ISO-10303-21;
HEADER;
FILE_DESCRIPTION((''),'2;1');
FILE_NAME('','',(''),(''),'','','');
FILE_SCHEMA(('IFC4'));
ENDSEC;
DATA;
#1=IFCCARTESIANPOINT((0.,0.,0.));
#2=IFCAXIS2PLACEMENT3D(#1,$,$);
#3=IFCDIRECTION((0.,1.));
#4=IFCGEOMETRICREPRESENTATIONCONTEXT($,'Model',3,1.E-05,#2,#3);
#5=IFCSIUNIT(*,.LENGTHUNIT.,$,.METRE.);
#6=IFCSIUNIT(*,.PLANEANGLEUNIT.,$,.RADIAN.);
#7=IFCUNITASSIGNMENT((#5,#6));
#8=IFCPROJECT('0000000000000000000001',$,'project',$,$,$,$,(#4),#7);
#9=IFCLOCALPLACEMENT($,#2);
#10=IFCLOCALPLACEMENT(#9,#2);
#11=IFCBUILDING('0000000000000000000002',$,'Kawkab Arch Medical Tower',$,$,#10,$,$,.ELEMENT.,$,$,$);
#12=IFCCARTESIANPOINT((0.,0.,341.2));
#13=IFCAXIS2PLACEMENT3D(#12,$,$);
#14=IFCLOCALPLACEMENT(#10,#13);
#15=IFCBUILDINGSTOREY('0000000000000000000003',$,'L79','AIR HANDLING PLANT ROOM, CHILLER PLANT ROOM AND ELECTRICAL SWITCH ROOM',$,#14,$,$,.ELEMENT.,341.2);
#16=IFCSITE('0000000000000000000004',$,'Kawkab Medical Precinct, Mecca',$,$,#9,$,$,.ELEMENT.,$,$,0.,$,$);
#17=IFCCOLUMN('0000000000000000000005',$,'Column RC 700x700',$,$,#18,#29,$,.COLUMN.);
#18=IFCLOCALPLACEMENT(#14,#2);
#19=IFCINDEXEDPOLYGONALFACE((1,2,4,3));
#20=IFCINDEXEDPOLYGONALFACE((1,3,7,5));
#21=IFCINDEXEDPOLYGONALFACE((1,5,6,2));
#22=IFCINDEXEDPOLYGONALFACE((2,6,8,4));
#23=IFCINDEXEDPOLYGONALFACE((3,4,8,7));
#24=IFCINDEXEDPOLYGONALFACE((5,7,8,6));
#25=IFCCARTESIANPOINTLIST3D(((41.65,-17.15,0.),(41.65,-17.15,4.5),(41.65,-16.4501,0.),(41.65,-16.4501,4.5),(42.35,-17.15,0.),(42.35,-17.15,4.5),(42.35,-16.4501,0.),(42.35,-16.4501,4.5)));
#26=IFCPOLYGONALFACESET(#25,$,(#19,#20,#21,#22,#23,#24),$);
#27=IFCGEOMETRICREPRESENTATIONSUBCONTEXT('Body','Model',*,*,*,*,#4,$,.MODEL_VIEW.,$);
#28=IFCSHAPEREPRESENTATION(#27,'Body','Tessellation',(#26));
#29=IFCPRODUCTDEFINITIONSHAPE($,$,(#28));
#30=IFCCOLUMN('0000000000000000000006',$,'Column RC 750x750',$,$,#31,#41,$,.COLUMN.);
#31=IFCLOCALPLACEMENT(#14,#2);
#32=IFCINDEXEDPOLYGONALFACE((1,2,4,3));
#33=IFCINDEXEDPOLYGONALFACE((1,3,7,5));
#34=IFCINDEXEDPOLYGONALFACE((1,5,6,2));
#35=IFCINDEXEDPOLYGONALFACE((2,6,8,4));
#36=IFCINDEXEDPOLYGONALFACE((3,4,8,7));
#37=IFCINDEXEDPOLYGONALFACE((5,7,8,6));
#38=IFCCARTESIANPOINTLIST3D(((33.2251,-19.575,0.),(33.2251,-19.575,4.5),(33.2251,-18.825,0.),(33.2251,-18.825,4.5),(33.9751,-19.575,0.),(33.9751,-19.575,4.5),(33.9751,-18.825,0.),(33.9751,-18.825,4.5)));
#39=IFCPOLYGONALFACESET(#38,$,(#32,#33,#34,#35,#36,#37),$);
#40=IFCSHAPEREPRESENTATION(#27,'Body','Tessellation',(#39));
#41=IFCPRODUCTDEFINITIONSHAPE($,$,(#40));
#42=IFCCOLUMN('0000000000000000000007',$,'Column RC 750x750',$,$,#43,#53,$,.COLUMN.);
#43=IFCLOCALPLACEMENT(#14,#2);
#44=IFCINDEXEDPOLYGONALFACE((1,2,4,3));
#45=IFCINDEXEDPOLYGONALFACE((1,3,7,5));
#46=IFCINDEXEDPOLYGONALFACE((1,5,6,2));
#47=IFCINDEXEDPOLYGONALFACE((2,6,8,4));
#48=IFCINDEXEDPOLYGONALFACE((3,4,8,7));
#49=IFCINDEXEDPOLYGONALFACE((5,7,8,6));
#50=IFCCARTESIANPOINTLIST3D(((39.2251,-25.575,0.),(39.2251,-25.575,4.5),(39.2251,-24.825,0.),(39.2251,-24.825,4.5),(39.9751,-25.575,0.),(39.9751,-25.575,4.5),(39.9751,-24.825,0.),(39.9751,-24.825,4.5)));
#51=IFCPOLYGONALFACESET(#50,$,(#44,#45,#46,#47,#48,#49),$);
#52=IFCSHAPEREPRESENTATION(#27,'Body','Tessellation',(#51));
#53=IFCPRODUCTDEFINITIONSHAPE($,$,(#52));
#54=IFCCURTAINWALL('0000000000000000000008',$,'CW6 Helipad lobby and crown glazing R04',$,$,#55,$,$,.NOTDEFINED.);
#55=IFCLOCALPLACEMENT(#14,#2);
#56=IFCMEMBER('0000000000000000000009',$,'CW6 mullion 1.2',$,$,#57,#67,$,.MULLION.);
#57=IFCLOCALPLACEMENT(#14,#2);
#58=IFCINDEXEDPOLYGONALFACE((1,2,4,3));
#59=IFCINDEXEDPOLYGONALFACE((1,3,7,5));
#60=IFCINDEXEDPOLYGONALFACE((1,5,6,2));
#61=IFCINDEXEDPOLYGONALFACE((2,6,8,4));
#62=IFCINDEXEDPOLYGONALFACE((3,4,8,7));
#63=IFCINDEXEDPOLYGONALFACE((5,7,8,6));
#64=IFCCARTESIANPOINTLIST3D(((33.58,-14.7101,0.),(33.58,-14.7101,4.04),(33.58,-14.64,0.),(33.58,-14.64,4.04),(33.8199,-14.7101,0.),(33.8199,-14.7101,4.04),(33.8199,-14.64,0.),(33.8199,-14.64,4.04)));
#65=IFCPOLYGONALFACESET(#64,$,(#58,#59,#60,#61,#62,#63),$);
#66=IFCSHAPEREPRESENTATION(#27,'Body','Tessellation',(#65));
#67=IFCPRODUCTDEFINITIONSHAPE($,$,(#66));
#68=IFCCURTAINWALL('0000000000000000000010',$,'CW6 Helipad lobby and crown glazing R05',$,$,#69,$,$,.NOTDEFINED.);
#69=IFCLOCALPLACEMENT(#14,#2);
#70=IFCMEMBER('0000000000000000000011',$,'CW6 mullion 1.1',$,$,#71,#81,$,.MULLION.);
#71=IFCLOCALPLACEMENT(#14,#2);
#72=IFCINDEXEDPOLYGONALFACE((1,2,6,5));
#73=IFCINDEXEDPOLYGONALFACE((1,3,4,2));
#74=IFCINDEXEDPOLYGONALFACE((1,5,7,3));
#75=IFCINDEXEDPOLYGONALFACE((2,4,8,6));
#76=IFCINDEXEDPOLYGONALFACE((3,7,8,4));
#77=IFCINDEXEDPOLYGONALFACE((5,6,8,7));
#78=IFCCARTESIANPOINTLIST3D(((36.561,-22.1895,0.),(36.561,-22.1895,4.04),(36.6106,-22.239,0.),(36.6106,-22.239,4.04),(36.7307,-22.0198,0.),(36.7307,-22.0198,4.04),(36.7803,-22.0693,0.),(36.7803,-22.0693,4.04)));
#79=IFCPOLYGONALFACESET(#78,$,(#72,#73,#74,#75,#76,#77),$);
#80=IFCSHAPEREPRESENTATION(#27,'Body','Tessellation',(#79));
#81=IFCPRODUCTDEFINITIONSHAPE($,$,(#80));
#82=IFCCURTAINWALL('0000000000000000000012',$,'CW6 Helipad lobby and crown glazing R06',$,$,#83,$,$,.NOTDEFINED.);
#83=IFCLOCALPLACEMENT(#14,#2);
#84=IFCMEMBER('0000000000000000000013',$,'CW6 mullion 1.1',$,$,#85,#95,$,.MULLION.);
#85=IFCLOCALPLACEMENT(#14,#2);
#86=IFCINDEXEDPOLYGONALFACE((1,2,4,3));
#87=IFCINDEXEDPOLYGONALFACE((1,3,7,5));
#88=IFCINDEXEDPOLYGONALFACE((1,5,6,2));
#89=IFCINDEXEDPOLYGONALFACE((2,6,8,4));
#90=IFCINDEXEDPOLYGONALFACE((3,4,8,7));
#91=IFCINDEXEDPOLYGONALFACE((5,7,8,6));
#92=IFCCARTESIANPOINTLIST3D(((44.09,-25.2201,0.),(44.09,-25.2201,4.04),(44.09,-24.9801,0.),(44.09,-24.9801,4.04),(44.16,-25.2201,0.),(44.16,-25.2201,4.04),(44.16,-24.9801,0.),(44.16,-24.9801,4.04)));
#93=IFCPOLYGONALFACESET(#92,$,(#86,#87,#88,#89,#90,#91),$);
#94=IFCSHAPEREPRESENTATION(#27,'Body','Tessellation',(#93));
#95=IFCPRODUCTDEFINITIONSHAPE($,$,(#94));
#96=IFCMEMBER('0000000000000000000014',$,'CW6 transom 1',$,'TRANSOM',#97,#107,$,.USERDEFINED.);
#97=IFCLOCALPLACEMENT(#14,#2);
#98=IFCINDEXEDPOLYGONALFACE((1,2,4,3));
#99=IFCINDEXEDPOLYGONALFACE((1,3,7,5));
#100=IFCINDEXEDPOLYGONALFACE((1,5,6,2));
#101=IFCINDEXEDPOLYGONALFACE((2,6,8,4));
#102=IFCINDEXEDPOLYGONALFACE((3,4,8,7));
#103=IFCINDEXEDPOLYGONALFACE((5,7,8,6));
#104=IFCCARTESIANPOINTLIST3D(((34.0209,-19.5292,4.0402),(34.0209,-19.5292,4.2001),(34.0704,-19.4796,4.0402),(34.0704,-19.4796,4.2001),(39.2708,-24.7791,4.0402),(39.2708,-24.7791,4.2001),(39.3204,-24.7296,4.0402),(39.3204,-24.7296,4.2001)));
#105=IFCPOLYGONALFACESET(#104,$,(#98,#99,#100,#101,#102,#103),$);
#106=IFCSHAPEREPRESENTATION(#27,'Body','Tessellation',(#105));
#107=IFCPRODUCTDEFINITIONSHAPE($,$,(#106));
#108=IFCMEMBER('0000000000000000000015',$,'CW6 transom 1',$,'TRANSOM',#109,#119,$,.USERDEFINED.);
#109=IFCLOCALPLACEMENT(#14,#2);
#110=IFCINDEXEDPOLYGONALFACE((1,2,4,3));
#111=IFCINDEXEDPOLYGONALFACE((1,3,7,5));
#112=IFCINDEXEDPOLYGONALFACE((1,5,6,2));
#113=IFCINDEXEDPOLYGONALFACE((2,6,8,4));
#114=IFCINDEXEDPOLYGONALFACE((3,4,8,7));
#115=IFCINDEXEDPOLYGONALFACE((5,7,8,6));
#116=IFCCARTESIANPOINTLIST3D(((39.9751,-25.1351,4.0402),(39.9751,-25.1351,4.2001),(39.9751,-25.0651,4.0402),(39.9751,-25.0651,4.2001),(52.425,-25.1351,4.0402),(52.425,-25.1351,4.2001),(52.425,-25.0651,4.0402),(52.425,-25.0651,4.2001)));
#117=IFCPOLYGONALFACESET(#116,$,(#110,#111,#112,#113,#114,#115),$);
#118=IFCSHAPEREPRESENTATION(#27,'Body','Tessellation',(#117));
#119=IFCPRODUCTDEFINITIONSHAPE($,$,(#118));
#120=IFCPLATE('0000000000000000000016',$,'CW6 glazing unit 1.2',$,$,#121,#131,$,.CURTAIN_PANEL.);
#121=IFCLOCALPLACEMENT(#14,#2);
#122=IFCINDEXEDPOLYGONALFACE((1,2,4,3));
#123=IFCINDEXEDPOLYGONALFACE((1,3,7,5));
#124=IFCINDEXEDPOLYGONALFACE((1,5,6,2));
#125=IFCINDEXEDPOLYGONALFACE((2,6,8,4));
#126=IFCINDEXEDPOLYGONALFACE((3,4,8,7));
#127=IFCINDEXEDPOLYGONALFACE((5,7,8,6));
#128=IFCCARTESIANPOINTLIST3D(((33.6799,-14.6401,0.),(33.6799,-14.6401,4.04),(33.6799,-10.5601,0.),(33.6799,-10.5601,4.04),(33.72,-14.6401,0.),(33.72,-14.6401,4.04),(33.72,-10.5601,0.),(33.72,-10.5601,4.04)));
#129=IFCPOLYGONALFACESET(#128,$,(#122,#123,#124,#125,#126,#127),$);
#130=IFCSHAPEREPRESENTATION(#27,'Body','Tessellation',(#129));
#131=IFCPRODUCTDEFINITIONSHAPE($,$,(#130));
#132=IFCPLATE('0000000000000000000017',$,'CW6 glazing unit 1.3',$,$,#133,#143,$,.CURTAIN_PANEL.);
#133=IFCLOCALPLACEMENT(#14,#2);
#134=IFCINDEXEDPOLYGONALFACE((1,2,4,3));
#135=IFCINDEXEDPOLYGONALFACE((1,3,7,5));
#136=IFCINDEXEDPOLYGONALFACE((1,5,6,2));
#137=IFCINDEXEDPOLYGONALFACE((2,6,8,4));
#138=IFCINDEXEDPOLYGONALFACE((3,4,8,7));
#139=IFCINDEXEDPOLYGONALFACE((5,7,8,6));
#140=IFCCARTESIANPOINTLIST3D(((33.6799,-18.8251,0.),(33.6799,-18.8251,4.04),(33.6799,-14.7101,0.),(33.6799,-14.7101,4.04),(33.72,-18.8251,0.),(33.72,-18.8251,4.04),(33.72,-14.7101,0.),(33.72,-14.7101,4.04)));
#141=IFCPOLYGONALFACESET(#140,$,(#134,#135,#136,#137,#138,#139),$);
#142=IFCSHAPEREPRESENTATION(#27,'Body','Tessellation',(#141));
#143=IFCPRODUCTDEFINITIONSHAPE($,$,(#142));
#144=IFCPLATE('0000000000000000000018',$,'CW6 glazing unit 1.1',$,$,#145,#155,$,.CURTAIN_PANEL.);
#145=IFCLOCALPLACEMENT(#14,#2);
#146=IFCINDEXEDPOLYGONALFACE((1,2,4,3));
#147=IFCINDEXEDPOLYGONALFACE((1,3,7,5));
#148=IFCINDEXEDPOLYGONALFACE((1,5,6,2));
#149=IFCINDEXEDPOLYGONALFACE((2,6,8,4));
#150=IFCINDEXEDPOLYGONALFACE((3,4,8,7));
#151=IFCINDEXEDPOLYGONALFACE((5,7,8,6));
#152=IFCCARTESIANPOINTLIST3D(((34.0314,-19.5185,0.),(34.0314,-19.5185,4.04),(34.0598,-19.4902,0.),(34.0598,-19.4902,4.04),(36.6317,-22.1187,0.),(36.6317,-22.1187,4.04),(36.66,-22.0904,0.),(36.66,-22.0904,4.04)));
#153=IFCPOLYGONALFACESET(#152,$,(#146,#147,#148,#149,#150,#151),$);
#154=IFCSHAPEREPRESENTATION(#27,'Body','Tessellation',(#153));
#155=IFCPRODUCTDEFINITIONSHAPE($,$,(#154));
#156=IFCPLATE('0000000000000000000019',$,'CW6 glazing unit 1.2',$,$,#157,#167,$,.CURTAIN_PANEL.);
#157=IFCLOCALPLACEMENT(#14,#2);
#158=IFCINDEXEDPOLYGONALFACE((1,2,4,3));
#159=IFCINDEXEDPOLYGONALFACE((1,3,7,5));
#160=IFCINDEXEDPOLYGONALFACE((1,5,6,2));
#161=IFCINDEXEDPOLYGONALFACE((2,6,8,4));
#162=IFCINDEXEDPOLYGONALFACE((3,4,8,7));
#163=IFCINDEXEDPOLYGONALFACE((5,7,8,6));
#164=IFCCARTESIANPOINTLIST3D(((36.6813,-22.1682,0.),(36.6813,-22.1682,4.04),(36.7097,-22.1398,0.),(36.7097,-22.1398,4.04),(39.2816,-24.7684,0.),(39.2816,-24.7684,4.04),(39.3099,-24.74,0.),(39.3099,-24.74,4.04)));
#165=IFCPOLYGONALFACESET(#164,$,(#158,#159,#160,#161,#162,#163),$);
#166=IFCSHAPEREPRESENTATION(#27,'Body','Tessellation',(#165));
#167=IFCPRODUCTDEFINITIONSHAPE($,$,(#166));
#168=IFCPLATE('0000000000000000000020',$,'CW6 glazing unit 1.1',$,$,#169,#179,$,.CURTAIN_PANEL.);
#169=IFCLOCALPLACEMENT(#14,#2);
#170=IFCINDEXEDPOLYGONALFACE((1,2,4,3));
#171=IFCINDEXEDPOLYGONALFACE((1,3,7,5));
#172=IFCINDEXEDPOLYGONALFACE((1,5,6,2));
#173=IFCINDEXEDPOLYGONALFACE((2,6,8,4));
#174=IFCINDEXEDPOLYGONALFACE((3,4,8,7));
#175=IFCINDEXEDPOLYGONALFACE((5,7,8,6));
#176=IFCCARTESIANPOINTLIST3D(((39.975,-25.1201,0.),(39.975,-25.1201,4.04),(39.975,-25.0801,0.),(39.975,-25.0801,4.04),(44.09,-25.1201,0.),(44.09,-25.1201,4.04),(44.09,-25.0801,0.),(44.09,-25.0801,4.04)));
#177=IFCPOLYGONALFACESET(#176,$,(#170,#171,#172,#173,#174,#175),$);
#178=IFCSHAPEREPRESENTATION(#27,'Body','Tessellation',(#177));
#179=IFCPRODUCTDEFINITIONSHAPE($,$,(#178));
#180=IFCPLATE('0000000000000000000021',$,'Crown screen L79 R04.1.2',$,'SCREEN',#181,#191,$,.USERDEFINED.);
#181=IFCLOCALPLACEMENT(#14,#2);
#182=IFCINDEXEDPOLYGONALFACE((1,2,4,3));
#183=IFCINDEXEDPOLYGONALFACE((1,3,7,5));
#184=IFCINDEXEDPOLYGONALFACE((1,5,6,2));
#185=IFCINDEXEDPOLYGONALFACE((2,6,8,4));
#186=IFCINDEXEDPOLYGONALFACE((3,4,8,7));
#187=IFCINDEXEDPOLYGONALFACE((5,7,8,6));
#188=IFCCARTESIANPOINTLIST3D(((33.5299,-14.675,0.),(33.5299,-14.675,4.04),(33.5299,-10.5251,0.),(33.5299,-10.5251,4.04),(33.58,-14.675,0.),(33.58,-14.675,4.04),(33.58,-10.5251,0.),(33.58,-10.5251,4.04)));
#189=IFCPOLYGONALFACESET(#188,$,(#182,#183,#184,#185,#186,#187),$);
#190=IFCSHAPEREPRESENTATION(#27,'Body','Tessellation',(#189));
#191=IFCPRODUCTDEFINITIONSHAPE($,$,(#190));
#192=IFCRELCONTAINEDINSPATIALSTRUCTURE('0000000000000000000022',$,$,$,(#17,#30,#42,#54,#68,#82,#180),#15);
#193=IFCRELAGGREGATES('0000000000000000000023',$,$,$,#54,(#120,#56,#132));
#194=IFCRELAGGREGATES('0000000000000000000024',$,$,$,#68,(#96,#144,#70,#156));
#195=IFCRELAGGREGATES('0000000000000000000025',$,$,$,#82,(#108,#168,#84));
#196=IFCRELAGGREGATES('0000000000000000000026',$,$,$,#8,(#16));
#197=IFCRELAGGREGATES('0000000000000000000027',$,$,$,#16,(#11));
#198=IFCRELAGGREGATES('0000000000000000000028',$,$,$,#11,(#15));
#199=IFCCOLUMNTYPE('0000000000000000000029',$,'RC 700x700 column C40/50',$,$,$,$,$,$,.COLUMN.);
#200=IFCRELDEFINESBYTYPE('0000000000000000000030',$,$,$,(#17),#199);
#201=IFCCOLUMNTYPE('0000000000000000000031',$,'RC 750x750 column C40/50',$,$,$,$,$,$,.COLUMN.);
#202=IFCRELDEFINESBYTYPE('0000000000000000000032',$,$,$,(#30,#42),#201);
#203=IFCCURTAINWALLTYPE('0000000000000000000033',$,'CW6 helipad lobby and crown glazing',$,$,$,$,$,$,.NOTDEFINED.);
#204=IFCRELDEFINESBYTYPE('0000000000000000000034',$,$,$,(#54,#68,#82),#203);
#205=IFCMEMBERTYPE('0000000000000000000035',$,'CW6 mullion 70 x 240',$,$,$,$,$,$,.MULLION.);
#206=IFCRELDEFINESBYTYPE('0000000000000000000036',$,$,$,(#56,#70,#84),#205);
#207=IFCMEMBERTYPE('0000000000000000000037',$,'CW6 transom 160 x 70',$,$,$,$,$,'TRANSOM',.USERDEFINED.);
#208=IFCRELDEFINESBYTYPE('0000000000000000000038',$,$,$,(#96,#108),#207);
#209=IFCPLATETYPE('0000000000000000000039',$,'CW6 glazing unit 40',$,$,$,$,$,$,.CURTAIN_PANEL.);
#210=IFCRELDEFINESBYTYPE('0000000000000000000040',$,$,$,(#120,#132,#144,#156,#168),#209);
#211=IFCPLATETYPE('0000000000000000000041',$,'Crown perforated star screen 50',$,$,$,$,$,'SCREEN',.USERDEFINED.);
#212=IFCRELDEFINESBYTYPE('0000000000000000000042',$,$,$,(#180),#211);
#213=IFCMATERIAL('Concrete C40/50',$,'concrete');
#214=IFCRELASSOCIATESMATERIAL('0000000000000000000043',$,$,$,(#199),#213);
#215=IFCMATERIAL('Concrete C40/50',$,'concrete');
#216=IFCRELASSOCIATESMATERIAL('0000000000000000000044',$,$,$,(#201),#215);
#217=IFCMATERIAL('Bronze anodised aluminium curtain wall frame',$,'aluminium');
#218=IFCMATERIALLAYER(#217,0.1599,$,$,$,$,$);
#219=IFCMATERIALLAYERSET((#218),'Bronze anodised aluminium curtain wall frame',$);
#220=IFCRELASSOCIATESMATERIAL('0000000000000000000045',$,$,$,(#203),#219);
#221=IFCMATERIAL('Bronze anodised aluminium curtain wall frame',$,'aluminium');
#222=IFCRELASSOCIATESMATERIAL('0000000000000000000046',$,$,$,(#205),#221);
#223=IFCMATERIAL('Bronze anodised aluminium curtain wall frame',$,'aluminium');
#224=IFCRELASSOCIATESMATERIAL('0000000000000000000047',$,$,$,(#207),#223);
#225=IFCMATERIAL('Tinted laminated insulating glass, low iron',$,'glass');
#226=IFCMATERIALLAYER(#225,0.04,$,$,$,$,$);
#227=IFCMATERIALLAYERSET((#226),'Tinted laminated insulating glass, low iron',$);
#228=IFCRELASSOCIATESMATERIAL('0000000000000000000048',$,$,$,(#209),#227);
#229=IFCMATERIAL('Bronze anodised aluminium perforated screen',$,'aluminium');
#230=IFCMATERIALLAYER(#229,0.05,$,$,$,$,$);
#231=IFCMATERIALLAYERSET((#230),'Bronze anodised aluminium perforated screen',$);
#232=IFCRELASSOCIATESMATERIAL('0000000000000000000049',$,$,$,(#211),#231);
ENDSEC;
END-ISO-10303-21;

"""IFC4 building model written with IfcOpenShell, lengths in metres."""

from ifc_helpers import new_model, si_unit, direction, frame, origin, origin_2d, place, context, subcontext, project, spatial, rectangle, extrude, material, layer, layer_set, material_profile, profile_set, type_object, element, aggregate, save


model = new_model("IFC4")

# Units and contexts
model_context = context("Model", 3, precision=1e-05, world=origin(), true_north=direction((0.0, 1.0)))
body_context = subcontext(model_context, "Body", "Model", "MODEL_VIEW")
ifc_project = project(units=[si_unit("LENGTHUNIT", "METRE"), si_unit("PLANEANGLEUNIT", "RADIAN")], contexts=[model_context])

# Site, building, storey
site_placement = place(None, origin())
site = spatial("IfcSite", under=ifc_project, at=site_placement, Name="Kawkab Medical Precinct, Mecca", CompositionType="ELEMENT", RefElevation=0.0)
building_placement = place(site_placement, origin())
building = spatial("IfcBuilding", under=site, at=building_placement, Name="Kawkab Arch Medical Tower", CompositionType="ELEMENT")
storey_placement = place(building_placement, frame((0.0, 0.0, 341.2)))
storey = spatial("IfcBuildingStorey", under=building, at=storey_placement, Name="L79", Description="AIR HANDLING PLANT ROOM, CHILLER PLANT ROOM AND ELECTRICAL SWITCH ROOM", CompositionType="ELEMENT", Elevation=341.2)

# Columns
ifc_material_1 = material(Name="Concrete C40/50", Category="concrete")
ifc_material_profile_1 = material_profile(ifc_material_1, rectangle(XDim=0.7, YDim=0.7, at=origin_2d()), Name="RC 700x700")
ifc_profile_set_1 = profile_set([ifc_material_profile_1], Name="Concrete C40/50")
column_type_1 = type_object("IfcColumnType", Name="RC 700x700 column C40/50", PredefinedType="COLUMN", material=ifc_profile_set_1)
column_placement = place(storey_placement, frame((42.0, -16.8, 0.0), z_axis=(0.0, 0.0, 1.0), x_axis=(1.0, 0.0, 0.0)))
element("IfcColumn", 1, at=column_placement, inside=storey, type_object=column_type_1, Name="Column RC 700x700", PredefinedType="COLUMN", context=body_context, shape_type="SweptSolid", body=[
    extrude(rectangle(XDim=0.7, YDim=0.7, at=origin_2d()), origin(), (0.0, 0.0, 1.0), 4.5),
])
ifc_material_2 = material(Name="Concrete C40/50", Category="concrete")
ifc_material_profile_2 = material_profile(ifc_material_2, rectangle(XDim=0.75, YDim=0.75, at=origin_2d()), Name="RC 750x750")
ifc_profile_set_2 = profile_set([ifc_material_profile_2], Name="Concrete C40/50")
column_type_2 = type_object("IfcColumnType", Name="RC 750x750 column C40/50", PredefinedType="COLUMN", material=ifc_profile_set_2)
for number, where, z_axis, x_axis, name in (
    (2, (33.6001, -19.2, 0.0), (0.0, 0.0, 1.0), (1.0, 0.0, 0.0), "Column RC 750x750"),
    (3, (39.6001, -25.2, 0.0), (0.0, 0.0, 1.0), (1.0, 0.0, 0.0), "Column RC 750x750"),
):
    element("IfcColumn", number, at=place(storey_placement, frame(where, z_axis=z_axis, x_axis=x_axis)), inside=storey, type_object=column_type_2, Name=name, PredefinedType="COLUMN", context=body_context, shape_type="SweptSolid", body=[
        extrude(rectangle(XDim=0.75, YDim=0.75, at=origin_2d()), origin(), (0.0, 0.0, 1.0), 4.5),
    ])

# Curtain walls, members
ifc_material_3 = material(Name="Bronze anodised aluminium curtain wall frame", Category="aluminium")
ifc_layer_1 = layer(ifc_material_3, 0.1599)
ifc_layer_set_1 = layer_set([ifc_layer_1], Name="Bronze anodised aluminium curtain wall frame")
curtain_wall_type = type_object("IfcCurtainWallType", Name="CW6 helipad lobby and crown glazing", PredefinedType="NOTDEFINED", material=ifc_layer_set_1)
placement = place(storey_placement, origin())
curtain_wall_1 = element("IfcCurtainWall", 4, at=placement, inside=storey, type_object=curtain_wall_type, Name="CW6 Helipad lobby and crown glazing R04", PredefinedType="NOTDEFINED")
ifc_material_4 = material(Name="Bronze anodised aluminium curtain wall frame", Category="aluminium")
ifc_material_profile_3 = material_profile(ifc_material_4, rectangle(XDim=0.24, YDim=0.0701, at=origin_2d()), Name="AL 70x240")
ifc_profile_set_3 = profile_set([ifc_material_profile_3], Name="Bronze anodised aluminium curtain wall frame")
member_type_1 = type_object("IfcMemberType", Name="CW6 mullion 70 x 240", PredefinedType="MULLION", material=ifc_profile_set_3)
member_1_placement = place(storey_placement, frame((33.7, -14.675, 0.0), z_axis=(0.0, 0.0, 1.0), x_axis=(1.0, 0.0, 0.0)))
member_1 = element("IfcMember", 5, at=member_1_placement, type_object=member_type_1, Name="CW6 mullion 1.2", PredefinedType="MULLION", context=body_context, shape_type="SweptSolid", body=[
    extrude(rectangle(XDim=0.24, YDim=0.0701, at=origin_2d()), origin(), (0.0, 0.0, 1.0), 4.04),
])
curtain_wall_2 = element("IfcCurtainWall", 6, at=placement, inside=storey, type_object=curtain_wall_type, Name="CW6 Helipad lobby and crown glazing R05", PredefinedType="NOTDEFINED")
member_2_placement = place(storey_placement, frame((36.6707, -22.1294, 0.0), z_axis=(0.0, 0.0, 1.0), x_axis=(0.707107, 0.707107, 0.0)))
member_2 = element("IfcMember", 7, at=member_2_placement, type_object=member_type_1, Name="CW6 mullion 1.1", PredefinedType="MULLION", context=body_context, shape_type="SweptSolid", body=[
    extrude(rectangle(XDim=0.24, YDim=0.0701, at=origin_2d()), origin(), (0.0, 0.0, 1.0), 4.04),
])
curtain_wall_3 = element("IfcCurtainWall", 8, at=placement, inside=storey, type_object=curtain_wall_type, Name="CW6 Helipad lobby and crown glazing R06", PredefinedType="NOTDEFINED")
member_3_placement = place(storey_placement, frame((44.125, -25.1001, 0.0), z_axis=(0.0, 0.0, 1.0), x_axis=(0.0, 1.0, 0.0)))
member_3 = element("IfcMember", 9, at=member_3_placement, type_object=member_type_1, Name="CW6 mullion 1.1", PredefinedType="MULLION", context=body_context, shape_type="SweptSolid", body=[
    extrude(rectangle(XDim=0.24, YDim=0.0701, at=origin_2d()), origin(), (0.0, 0.0, 1.0), 4.04),
])

# Members
ifc_material_5 = material(Name="Bronze anodised aluminium curtain wall frame", Category="aluminium")
ifc_material_profile_4 = material_profile(ifc_material_5, rectangle(XDim=0.0701, YDim=0.1599, at=origin_2d()), Name="AL 70x160")
ifc_profile_set_4 = profile_set([ifc_material_profile_4], Name="Bronze anodised aluminium curtain wall frame")
member_type_2 = type_object("IfcMemberType", Name="CW6 transom 160 x 70", ElementType="TRANSOM", PredefinedType="USERDEFINED", material=ifc_profile_set_4)
member_4_placement = place(storey_placement, frame((34.0457, -19.5044, 4.1201), z_axis=(0.707107, -0.707107, 0.0), x_axis=(0.707107, 0.707107, 0.0)))
member_4 = element("IfcMember", 10, at=member_4_placement, type_object=member_type_2, Name="CW6 transom 1", ObjectType="TRANSOM", PredefinedType="USERDEFINED", context=body_context, shape_type="SweptSolid", body=[
    extrude(rectangle(XDim=0.0701, YDim=0.1599, at=origin_2d()), origin(), (0.0, 0.0, 1.0), 7.4246),
])
member_5_placement = place(storey_placement, frame((39.9751, -25.1001, 4.1201), z_axis=(1.0, 0.0, 0.0), x_axis=(0.0, 1.0, 0.0)))
member_5 = element("IfcMember", 11, at=member_5_placement, type_object=member_type_2, Name="CW6 transom 1", ObjectType="TRANSOM", PredefinedType="USERDEFINED", context=body_context, shape_type="SweptSolid", body=[
    extrude(rectangle(XDim=0.0701, YDim=0.1599, at=origin_2d()), origin(), (0.0, 0.0, 1.0), 12.45),
])

# Plates
ifc_material_6 = material(Name="Tinted laminated insulating glass, low iron", Category="glass")
ifc_layer_2 = layer(ifc_material_6, 0.04)
ifc_layer_set_2 = layer_set([ifc_layer_2], Name="Tinted laminated insulating glass, low iron")
plate_type_1 = type_object("IfcPlateType", Name="CW6 glazing unit 40", PredefinedType="CURTAIN_PANEL", material=ifc_layer_set_2)
plate_1_placement = place(storey_placement, frame((33.7, -12.6001, 0.0), z_axis=(0.0, 0.0, 1.0), x_axis=(0.0, -1.0, 0.0)))
plate_1 = element("IfcPlate", 12, at=plate_1_placement, type_object=plate_type_1, Name="CW6 glazing unit 1.2", PredefinedType="CURTAIN_PANEL", context=body_context, shape_type="SweptSolid", body=[
    extrude(rectangle(XDim=4.0801, YDim=0.04, at=origin_2d()), origin(), (0.0, 0.0, 1.0), 4.04),
])
plate_2_placement = place(storey_placement, frame((33.7, -16.7676, 0.0), z_axis=(0.0, 0.0, 1.0), x_axis=(0.0, -1.0, 0.0)))
plate_2 = element("IfcPlate", 13, at=plate_2_placement, type_object=plate_type_1, Name="CW6 glazing unit 1.3", PredefinedType="CURTAIN_PANEL", context=body_context, shape_type="SweptSolid", body=[
    extrude(rectangle(XDim=4.115, YDim=0.04, at=origin_2d()), origin(), (0.0, 0.0, 1.0), 4.04),
])
aggregate(curtain_wall_1, [plate_1, member_1, plate_2])
plate_3_placement = place(storey_placement, frame((35.3457, -20.8044, 0.0), z_axis=(0.0, 0.0, 1.0), x_axis=(0.707107, -0.707107, 0.0)))
plate_3 = element("IfcPlate", 14, at=plate_3_placement, type_object=plate_type_1, Name="CW6 glazing unit 1.1", PredefinedType="CURTAIN_PANEL", context=body_context, shape_type="SweptSolid", body=[
    extrude(rectangle(XDim=3.6772, YDim=0.04, at=origin_2d()), origin(), (0.0, 0.0, 1.0), 4.04),
])
plate_4_placement = place(storey_placement, frame((37.9956, -23.4541, 0.0), z_axis=(0.0, 0.0, 1.0), x_axis=(0.707107, -0.707107, 0.0)))
plate_4 = element("IfcPlate", 15, at=plate_4_placement, type_object=plate_type_1, Name="CW6 glazing unit 1.2", PredefinedType="CURTAIN_PANEL", context=body_context, shape_type="SweptSolid", body=[
    extrude(rectangle(XDim=3.6772, YDim=0.04, at=origin_2d()), origin(), (0.0, 0.0, 1.0), 4.04),
])
aggregate(curtain_wall_2, [member_4, plate_3, member_2, plate_4])
plate_5_placement = place(storey_placement, frame((42.0325, -25.1001, 0.0), z_axis=(0.0, 0.0, 1.0), x_axis=(1.0, 0.0, 0.0)))
plate_5 = element("IfcPlate", 16, at=plate_5_placement, type_object=plate_type_1, Name="CW6 glazing unit 1.1", PredefinedType="CURTAIN_PANEL", context=body_context, shape_type="SweptSolid", body=[
    extrude(rectangle(XDim=4.115, YDim=0.04, at=origin_2d()), origin(), (0.0, 0.0, 1.0), 4.04),
])
aggregate(curtain_wall_3, [member_5, plate_5, member_3])

# Plate
ifc_material_7 = material(Name="Bronze anodised aluminium perforated screen", Category="aluminium")
ifc_layer_3 = layer(ifc_material_7, 0.05)
ifc_layer_set_3 = layer_set([ifc_layer_3], Name="Bronze anodised aluminium perforated screen")
plate_type_2 = type_object("IfcPlateType", Name="Crown perforated star screen 50", ElementType="SCREEN", PredefinedType="USERDEFINED", material=ifc_layer_set_3)
for number, where, z_axis, x_axis, name in (
    (17, (33.5549, -12.6001, 0.0), (0.0, 0.0, 1.0), (0.0, -1.0, 0.0), "Crown screen L79 R04.1.2"),
):
    element("IfcPlate", number, at=place(storey_placement, frame(where, z_axis=z_axis, x_axis=x_axis)), inside=storey, type_object=plate_type_2, Name=name, ObjectType="SCREEN", PredefinedType="USERDEFINED", context=body_context, shape_type="SweptSolid", body=[
        extrude(rectangle(XDim=4.1499, YDim=0.05, at=origin_2d()), origin(), (0.0, 0.0, 1.0), 4.04),
    ])

save(model, "model.ifc")
